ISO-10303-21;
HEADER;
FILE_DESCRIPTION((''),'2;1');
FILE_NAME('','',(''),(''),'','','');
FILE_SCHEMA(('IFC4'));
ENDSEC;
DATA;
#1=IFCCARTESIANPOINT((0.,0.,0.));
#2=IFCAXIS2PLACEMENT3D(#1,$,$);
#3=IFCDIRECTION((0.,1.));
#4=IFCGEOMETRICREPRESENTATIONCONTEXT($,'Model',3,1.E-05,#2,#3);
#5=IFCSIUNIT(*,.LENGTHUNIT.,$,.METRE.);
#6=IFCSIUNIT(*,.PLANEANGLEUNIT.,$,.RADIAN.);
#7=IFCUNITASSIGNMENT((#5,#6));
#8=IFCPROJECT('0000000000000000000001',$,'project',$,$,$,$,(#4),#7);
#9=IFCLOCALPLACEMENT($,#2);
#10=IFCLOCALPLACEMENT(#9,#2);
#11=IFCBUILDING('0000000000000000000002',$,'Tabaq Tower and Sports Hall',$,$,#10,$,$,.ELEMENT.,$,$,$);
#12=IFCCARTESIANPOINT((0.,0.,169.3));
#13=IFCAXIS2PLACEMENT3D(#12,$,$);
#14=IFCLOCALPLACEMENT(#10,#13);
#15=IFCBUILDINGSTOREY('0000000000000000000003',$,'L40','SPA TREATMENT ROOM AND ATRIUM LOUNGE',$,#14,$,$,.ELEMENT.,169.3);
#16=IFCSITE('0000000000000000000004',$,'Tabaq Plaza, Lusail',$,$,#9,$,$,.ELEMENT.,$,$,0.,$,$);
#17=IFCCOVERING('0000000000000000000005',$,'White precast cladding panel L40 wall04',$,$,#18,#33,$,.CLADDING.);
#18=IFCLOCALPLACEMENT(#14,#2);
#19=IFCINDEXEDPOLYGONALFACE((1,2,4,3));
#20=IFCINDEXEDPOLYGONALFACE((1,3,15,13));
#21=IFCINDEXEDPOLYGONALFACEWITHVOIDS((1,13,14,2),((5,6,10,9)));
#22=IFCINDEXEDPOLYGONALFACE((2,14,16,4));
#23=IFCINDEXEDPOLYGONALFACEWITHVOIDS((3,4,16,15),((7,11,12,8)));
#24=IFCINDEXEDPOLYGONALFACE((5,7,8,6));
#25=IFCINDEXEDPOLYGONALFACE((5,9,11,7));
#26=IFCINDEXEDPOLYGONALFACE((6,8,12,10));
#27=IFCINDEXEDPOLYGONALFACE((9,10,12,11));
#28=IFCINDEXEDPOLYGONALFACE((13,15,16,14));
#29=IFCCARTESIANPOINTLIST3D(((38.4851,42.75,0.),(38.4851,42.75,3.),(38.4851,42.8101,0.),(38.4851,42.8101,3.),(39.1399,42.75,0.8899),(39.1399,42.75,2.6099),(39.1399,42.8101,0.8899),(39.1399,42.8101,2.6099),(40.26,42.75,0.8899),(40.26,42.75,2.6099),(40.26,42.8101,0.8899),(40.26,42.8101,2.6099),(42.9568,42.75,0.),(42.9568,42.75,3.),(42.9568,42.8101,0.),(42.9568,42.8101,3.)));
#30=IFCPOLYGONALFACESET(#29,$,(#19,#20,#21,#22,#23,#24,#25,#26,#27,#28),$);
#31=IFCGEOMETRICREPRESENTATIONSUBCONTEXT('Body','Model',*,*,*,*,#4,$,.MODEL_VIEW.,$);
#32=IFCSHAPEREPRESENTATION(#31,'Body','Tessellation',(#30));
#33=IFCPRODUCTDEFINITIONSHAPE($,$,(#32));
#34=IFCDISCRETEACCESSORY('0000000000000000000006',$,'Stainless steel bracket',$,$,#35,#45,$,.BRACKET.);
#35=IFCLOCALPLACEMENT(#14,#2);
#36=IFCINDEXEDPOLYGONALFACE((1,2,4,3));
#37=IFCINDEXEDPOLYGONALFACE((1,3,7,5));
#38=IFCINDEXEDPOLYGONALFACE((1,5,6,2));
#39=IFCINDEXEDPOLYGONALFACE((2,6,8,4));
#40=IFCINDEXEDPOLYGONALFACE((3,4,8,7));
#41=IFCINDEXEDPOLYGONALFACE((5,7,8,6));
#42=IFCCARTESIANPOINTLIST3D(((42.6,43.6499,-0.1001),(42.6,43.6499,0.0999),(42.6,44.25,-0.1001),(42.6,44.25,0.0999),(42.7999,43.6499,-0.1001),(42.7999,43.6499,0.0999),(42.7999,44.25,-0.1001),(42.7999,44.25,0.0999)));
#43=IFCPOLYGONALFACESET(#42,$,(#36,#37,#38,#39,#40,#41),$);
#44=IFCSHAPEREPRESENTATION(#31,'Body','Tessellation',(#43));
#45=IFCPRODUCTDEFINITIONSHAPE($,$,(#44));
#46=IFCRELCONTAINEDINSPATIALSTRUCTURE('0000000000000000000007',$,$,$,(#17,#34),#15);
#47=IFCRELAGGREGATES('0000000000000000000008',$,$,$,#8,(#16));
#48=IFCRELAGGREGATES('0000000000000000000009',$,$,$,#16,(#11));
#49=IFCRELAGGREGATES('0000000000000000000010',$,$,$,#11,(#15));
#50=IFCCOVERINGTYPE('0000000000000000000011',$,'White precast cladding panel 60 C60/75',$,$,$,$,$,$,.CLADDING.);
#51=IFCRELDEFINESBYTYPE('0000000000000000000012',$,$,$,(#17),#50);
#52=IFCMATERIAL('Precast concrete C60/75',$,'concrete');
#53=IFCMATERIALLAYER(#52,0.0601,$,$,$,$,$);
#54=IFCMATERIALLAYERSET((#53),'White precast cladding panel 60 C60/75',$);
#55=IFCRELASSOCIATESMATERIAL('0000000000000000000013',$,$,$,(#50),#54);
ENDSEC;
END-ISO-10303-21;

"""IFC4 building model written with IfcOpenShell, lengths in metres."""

from ifc_helpers import new_model, si_unit, direction, frame, origin, origin_2d, place, context, subcontext, project, spatial, polyline, rectangle, outline, extrude, material, layer, layer_set, type_object, element, save


model = new_model("IFC4")

# Units and contexts
model_context = context("Model", 3, precision=1e-05, world=origin(), true_north=direction((0.0, 1.0)))
body_context = subcontext(model_context, "Body", "Model", "MODEL_VIEW")
ifc_project = project(units=[si_unit("LENGTHUNIT", "METRE"), si_unit("PLANEANGLEUNIT", "RADIAN")], contexts=[model_context])

# Site, building, storey
site_placement = place(None, origin())
site = spatial("IfcSite", under=ifc_project, at=site_placement, Name="Tabaq Plaza, Lusail", CompositionType="ELEMENT", RefElevation=0.0)
building_placement = place(site_placement, origin())
building = spatial("IfcBuilding", under=site, at=building_placement, Name="Tabaq Tower and Sports Hall", CompositionType="ELEMENT")
storey_placement = place(building_placement, frame((0.0, 0.0, 169.3)))
storey = spatial("IfcBuildingStorey", under=building, at=storey_placement, Name="L40", Description="SPA TREATMENT ROOM AND ATRIUM LOUNGE", CompositionType="ELEMENT", Elevation=169.3)

# Covering
ifc_material_1 = material(Name="Precast concrete C60/75", Category="concrete")
ifc_layer_1 = layer(ifc_material_1, 0.0601)
ifc_layer_set_1 = layer_set([ifc_layer_1], Name="White precast cladding panel 60 C60/75")
covering_type_1 = type_object("IfcCoveringType", Name="White precast cladding panel 60 C60/75", PredefinedType="CLADDING", material=ifc_layer_set_1)
covering_1_placement = place(storey_placement, frame((42.9568, 42.78, 0.0), z_axis=(0.0, 0.0, 1.0), x_axis=(-1.0, 0.0, 0.0)))
element("IfcCovering", 1, at=covering_1_placement, inside=storey, type_object=covering_type_1, Name="White precast cladding panel L40 wall04", PredefinedType="CLADDING", context=body_context, shape_type="SweptSolid", body=[
    extrude(outline(polyline([(0.0, 0.0), (4.4717, 0.0), (4.4717, 3.0), (0.0, 3.0), (0.0, 0.0)]), holes=[polyline([(2.6968, 0.8899), (2.6968, 2.6099), (3.8169, 2.6099), (3.8169, 0.8899), (2.6968, 0.8899)])]), frame((0.0, 0.03, 0.0), z_axis=(0.0, -1.0, 0.0), x_axis=(1.0, 0.0, 0.0)), (0.0, 0.0, 1.0), 0.0601),
])

# Discrete accessory
discrete_accessory_placement = place(storey_placement, frame((42.7, 43.95, -0.1001), z_axis=(0.0, 0.0, 1.0), x_axis=(0.0, 1.0, 0.0)))
element("IfcDiscreteAccessory", 2, at=discrete_accessory_placement, inside=storey, Name="Stainless steel bracket", PredefinedType="BRACKET", context=body_context, shape_type="SweptSolid", body=[
    extrude(rectangle(XDim=0.6001, YDim=0.2, at=origin_2d()), origin(), (0.0, 0.0, 1.0), 0.2),
])

save(model, "model.ifc")
